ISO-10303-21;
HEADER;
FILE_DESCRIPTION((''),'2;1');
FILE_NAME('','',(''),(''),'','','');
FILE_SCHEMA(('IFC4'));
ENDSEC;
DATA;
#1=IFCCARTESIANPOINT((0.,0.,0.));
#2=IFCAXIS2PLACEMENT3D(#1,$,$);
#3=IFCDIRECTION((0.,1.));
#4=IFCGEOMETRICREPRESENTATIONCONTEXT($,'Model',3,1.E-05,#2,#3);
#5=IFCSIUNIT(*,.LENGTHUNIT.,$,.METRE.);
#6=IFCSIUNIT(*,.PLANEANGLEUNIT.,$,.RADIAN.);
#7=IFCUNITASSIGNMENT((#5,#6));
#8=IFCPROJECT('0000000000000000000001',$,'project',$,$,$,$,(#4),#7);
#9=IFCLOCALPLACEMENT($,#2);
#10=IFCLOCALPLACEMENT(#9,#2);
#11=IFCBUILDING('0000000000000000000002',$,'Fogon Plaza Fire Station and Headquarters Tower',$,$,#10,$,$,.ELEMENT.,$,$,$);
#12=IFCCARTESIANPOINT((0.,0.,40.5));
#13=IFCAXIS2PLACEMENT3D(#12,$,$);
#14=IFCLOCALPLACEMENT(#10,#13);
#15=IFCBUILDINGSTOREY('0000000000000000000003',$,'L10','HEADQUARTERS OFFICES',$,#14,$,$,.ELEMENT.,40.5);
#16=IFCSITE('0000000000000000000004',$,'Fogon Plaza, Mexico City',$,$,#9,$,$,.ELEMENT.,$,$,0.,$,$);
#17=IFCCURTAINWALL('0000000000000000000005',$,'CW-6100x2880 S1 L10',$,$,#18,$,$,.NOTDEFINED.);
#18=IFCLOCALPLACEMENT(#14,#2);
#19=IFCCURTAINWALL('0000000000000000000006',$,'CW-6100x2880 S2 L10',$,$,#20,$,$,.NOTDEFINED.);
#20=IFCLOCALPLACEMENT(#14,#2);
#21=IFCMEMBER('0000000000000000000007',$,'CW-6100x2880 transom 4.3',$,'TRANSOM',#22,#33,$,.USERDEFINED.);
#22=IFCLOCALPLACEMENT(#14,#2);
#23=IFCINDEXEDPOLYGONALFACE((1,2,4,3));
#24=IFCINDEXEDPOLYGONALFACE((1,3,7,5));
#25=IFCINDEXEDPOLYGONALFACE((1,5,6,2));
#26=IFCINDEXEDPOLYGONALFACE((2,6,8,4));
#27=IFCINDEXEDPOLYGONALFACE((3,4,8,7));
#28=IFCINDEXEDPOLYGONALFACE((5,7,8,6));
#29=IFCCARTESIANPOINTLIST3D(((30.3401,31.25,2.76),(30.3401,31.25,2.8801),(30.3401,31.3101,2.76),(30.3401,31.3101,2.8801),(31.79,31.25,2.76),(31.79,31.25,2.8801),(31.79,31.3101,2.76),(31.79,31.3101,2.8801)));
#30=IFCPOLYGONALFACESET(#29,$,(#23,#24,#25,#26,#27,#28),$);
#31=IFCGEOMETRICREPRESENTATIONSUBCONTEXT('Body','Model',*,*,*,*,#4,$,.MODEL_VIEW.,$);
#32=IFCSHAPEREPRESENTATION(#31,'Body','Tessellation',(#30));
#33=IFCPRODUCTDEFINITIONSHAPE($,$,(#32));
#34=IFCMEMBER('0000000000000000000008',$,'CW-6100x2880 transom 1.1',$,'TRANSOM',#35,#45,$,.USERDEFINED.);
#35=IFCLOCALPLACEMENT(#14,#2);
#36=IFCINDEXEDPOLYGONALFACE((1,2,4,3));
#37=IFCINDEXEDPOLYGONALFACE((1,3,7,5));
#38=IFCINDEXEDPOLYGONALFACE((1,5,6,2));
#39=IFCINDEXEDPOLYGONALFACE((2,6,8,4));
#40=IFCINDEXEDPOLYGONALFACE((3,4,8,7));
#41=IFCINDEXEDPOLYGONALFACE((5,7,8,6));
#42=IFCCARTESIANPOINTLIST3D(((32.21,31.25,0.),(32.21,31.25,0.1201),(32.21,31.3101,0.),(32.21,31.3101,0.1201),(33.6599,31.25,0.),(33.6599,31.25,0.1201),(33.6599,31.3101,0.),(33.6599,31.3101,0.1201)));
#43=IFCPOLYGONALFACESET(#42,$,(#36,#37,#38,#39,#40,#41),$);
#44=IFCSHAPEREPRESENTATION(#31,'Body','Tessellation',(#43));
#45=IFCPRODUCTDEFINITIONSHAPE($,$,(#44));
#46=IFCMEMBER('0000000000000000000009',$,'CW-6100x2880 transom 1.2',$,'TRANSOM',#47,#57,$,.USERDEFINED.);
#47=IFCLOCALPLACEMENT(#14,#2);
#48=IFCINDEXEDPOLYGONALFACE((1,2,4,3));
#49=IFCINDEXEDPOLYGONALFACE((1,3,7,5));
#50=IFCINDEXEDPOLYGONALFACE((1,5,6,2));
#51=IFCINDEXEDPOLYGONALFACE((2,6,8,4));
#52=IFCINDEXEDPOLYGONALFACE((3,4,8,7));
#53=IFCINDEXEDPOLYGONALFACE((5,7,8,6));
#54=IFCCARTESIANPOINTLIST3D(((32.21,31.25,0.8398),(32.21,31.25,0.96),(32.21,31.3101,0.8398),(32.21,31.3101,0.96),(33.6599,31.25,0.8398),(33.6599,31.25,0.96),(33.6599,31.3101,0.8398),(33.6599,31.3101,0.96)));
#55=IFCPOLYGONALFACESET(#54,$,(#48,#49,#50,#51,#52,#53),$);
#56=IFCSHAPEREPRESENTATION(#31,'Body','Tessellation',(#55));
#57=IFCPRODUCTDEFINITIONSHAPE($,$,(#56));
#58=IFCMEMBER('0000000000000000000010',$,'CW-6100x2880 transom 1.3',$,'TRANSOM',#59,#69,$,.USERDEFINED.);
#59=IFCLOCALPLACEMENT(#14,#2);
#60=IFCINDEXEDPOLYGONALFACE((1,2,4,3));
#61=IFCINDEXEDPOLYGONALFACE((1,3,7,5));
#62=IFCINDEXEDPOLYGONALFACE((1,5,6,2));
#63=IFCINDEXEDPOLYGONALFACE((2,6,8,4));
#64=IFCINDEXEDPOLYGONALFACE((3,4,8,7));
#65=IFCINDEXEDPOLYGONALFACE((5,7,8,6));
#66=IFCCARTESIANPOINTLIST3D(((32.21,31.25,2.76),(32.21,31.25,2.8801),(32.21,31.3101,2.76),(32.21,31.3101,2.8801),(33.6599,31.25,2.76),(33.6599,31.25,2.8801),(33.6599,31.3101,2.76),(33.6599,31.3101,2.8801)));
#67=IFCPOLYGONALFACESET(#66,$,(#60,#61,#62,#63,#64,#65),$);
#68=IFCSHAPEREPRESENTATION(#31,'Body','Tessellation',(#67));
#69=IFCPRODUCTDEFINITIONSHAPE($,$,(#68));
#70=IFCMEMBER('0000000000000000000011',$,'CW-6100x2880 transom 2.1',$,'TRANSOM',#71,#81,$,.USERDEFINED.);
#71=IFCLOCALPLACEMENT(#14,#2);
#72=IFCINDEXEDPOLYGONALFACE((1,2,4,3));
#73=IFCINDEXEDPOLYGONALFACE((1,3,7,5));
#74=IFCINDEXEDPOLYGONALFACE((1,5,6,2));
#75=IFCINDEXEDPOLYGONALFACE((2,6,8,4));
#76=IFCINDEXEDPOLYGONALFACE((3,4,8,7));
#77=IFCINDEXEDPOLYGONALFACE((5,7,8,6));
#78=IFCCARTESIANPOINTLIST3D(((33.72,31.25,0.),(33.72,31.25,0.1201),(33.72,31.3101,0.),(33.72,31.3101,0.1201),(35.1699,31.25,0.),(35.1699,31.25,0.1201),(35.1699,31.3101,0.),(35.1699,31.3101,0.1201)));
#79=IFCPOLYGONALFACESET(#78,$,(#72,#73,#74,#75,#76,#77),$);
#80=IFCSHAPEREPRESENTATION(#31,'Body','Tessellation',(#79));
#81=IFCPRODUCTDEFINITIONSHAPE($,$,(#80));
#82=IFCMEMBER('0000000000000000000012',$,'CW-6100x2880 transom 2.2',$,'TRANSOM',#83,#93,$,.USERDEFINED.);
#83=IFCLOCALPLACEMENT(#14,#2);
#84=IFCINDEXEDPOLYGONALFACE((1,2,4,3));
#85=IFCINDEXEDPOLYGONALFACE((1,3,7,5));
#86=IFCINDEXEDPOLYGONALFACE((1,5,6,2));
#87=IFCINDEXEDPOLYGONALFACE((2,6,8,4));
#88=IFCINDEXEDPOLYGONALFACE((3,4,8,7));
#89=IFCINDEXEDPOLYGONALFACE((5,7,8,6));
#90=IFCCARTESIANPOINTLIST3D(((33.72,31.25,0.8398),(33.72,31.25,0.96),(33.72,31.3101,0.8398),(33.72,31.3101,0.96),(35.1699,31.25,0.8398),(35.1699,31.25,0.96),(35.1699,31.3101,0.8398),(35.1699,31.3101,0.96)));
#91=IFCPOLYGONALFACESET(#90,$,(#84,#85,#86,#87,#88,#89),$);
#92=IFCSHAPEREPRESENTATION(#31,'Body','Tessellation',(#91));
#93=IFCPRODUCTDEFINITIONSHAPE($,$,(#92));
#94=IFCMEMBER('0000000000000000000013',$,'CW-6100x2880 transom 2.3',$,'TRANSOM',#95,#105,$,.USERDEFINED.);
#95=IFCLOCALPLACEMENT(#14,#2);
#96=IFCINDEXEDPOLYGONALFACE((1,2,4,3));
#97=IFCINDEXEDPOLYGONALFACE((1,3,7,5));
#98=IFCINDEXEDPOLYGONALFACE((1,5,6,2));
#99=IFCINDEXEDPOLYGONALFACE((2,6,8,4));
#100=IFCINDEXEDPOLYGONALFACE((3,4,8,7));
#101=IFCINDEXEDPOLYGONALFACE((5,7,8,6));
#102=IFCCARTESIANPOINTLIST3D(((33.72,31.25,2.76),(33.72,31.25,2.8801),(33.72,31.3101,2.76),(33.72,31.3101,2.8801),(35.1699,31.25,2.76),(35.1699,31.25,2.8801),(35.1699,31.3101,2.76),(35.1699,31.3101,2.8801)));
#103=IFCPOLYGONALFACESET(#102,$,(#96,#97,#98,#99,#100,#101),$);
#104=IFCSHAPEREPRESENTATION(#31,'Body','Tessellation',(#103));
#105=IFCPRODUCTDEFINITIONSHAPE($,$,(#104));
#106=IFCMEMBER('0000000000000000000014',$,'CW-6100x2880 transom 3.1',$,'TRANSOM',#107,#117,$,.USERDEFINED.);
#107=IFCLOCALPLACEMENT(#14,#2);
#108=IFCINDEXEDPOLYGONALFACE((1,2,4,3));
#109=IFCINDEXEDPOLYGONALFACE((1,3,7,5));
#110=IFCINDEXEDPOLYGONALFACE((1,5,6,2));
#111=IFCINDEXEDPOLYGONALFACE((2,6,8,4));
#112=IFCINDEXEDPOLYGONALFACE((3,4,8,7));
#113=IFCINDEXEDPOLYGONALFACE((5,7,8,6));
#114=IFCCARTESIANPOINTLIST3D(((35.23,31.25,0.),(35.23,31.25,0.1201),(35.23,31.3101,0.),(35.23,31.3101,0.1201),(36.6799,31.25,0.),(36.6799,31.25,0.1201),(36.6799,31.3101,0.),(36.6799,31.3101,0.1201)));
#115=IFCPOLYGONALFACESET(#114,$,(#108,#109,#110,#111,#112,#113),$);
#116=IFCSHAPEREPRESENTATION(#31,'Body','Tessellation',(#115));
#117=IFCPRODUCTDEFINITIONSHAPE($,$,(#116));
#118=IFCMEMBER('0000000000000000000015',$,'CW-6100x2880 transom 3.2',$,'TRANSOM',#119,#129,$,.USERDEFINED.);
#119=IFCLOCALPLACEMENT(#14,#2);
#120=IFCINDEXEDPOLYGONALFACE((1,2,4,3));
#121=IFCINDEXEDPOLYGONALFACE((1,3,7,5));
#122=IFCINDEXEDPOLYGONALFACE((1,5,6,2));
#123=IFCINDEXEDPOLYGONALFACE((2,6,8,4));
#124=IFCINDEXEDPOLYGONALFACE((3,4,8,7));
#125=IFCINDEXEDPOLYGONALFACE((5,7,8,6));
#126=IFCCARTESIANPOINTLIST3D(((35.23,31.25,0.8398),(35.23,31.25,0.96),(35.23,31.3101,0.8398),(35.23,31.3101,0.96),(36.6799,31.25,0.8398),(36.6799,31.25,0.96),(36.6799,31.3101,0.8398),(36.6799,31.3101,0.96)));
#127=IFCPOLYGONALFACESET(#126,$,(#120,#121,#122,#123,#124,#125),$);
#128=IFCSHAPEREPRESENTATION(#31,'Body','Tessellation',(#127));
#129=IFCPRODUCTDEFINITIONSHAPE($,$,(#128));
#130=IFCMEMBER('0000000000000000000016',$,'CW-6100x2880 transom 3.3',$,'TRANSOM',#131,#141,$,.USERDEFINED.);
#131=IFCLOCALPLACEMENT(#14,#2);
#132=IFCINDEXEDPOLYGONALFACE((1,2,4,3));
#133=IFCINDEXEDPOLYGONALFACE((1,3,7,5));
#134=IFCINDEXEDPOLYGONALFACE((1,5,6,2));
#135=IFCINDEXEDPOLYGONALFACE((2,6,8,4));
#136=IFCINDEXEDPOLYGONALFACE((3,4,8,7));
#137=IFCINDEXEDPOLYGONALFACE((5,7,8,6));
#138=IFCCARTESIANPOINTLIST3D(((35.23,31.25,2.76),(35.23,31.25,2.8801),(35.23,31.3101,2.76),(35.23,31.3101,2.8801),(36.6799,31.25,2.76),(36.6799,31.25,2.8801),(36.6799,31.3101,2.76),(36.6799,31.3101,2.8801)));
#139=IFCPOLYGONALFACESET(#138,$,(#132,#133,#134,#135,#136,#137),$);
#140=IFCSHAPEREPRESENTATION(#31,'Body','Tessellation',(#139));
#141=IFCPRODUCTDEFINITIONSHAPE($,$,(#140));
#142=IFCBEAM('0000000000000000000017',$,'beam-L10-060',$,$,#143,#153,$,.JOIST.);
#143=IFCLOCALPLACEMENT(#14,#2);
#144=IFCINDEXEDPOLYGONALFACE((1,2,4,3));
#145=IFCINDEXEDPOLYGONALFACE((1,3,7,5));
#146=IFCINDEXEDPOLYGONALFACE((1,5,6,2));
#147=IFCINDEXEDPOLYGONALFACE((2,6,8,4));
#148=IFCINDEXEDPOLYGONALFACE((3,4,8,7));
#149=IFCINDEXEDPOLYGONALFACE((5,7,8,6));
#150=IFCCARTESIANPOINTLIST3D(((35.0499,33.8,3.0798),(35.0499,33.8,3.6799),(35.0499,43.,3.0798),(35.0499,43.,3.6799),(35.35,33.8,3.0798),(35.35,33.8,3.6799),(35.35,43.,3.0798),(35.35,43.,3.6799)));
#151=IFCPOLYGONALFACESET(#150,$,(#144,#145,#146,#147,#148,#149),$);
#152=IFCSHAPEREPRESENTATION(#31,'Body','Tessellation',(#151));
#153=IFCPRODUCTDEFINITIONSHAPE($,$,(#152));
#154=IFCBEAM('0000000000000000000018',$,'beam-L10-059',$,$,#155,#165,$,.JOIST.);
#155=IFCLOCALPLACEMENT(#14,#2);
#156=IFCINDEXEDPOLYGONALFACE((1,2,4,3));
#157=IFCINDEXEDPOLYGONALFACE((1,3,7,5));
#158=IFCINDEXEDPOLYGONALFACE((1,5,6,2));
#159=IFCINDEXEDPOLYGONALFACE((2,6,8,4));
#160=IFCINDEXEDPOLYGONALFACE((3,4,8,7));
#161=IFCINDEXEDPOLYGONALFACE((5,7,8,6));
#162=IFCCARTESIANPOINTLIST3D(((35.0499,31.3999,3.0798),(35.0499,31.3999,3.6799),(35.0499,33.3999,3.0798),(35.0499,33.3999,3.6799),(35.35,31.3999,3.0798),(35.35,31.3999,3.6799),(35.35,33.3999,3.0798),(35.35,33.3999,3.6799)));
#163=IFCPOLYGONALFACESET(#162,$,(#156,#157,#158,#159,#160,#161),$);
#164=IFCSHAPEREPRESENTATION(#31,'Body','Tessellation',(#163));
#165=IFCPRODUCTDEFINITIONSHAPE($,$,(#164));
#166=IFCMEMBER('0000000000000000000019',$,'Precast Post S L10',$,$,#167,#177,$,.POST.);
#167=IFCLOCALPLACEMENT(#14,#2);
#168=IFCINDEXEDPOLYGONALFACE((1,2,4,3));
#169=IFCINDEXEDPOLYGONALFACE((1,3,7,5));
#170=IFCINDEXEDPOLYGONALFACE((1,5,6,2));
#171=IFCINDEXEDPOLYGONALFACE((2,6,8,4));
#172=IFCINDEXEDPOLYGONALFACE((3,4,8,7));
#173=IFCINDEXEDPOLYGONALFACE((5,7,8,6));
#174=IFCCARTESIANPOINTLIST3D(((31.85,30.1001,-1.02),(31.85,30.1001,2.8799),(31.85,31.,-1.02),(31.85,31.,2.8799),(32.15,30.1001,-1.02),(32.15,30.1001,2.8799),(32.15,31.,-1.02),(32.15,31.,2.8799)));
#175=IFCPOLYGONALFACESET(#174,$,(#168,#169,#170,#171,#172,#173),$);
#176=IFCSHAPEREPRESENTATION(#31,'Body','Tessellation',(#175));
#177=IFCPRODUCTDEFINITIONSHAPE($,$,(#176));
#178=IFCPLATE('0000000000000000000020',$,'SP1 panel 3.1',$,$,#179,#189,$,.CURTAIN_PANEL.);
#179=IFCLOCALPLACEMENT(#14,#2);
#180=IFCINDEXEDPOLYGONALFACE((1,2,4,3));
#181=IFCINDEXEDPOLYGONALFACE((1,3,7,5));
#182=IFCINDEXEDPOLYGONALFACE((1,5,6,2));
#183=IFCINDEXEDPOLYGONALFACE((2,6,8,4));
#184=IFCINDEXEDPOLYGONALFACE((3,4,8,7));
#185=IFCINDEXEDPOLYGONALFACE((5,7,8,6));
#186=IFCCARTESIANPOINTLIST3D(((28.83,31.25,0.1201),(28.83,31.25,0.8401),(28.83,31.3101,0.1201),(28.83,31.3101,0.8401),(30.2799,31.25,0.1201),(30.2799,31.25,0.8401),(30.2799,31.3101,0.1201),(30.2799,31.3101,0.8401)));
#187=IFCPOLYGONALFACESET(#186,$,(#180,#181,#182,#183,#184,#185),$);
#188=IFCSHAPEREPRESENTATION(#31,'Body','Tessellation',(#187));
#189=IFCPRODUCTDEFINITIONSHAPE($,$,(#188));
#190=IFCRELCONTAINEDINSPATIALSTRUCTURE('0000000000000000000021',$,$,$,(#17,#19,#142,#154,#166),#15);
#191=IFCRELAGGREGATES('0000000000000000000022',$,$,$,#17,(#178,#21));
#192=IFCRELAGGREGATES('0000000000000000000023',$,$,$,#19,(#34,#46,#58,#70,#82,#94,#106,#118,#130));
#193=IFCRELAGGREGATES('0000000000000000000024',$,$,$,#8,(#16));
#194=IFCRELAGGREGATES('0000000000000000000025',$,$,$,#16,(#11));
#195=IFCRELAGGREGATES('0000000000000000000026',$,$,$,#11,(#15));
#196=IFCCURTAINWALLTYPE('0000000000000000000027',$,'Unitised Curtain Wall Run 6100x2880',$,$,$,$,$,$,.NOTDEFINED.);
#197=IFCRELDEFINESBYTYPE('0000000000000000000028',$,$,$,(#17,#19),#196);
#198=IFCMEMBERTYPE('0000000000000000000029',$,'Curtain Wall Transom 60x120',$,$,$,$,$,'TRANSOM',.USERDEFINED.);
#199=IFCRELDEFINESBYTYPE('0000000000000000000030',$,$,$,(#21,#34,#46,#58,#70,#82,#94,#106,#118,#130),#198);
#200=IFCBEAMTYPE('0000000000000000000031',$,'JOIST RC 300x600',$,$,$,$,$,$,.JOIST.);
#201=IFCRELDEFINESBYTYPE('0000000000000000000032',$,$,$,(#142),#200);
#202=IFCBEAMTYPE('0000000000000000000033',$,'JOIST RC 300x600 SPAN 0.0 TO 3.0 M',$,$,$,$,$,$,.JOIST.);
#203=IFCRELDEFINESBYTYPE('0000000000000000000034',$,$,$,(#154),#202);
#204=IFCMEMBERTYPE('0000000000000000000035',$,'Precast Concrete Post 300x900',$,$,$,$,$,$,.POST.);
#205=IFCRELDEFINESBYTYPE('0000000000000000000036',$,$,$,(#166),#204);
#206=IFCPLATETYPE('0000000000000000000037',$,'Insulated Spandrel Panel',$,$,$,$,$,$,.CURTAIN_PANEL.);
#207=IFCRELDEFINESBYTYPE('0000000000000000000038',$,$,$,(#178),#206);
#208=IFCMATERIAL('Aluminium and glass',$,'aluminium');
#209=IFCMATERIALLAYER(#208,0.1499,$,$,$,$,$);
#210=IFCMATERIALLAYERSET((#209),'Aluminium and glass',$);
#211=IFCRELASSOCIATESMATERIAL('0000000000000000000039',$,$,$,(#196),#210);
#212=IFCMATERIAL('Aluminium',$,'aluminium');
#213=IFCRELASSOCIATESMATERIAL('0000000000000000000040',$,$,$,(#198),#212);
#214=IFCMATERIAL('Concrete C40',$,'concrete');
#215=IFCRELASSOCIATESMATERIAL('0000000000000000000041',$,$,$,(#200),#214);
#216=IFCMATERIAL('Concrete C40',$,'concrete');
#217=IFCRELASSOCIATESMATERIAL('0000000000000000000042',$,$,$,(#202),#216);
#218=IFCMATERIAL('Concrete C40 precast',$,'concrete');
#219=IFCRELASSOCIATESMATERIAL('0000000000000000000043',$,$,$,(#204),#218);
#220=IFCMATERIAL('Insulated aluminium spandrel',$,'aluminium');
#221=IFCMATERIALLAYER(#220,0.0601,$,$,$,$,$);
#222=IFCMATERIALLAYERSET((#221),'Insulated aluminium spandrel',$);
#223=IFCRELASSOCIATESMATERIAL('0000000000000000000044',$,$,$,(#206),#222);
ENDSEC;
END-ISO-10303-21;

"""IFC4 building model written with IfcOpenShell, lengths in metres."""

from ifc_helpers import new_model, si_unit, direction, frame, origin, origin_2d, place, context, subcontext, project, spatial, rectangle, extrude, material, layer, layer_set, material_profile, profile_set, type_object, element, aggregate, save


model = new_model("IFC4")

# Units and contexts
model_context = context("Model", 3, precision=1e-05, world=origin(), true_north=direction((0.0, 1.0)))
body_context = subcontext(model_context, "Body", "Model", "MODEL_VIEW")
ifc_project = project(units=[si_unit("LENGTHUNIT", "METRE"), si_unit("PLANEANGLEUNIT", "RADIAN")], contexts=[model_context])

# Site, building, storey
site_placement = place(None, origin())
site = spatial("IfcSite", under=ifc_project, at=site_placement, Name="Fogon Plaza, Mexico City", CompositionType="ELEMENT", RefElevation=0.0)
building_placement = place(site_placement, origin())
building = spatial("IfcBuilding", under=site, at=building_placement, Name="Fogon Plaza Fire Station and Headquarters Tower", CompositionType="ELEMENT")
storey_placement = place(building_placement, frame((0.0, 0.0, 40.5)))
storey = spatial("IfcBuildingStorey", under=building, at=storey_placement, Name="L10", Description="HEADQUARTERS OFFICES", CompositionType="ELEMENT", Elevation=40.5)

# Curtain walls
ifc_material_1 = material(Name="Aluminium and glass", Category="aluminium")
ifc_layer_1 = layer(ifc_material_1, 0.1499)
ifc_layer_set_1 = layer_set([ifc_layer_1], Name="Aluminium and glass")
curtain_wall_type = type_object("IfcCurtainWallType", Name="Unitised Curtain Wall Run 6100x2880", PredefinedType="NOTDEFINED", material=ifc_layer_set_1)
curtain_wall_1_placement = place(storey_placement, origin())
curtain_wall_1 = element("IfcCurtainWall", 1, at=curtain_wall_1_placement, inside=storey, type_object=curtain_wall_type, Name="CW-6100x2880 S1 L10", PredefinedType="NOTDEFINED")
curtain_wall_2_placement = place(storey_placement, origin())
curtain_wall_2 = element("IfcCurtainWall", 2, at=curtain_wall_2_placement, inside=storey, type_object=curtain_wall_type, Name="CW-6100x2880 S2 L10", PredefinedType="NOTDEFINED")

# Members
ifc_material_2 = material(Name="Aluminium", Category="aluminium")
ifc_material_profile_1 = material_profile(ifc_material_2, rectangle(XDim=0.0601, YDim=0.1201, at=origin_2d()), Name="Curtain Wall Transom 60x120")
ifc_profile_set_1 = profile_set([ifc_material_profile_1], Name="Aluminium")
member_type_1 = type_object("IfcMemberType", Name="Curtain Wall Transom 60x120", ElementType="TRANSOM", PredefinedType="USERDEFINED", material=ifc_profile_set_1)
member_1_placement = place(storey_placement, frame((30.3401, 31.28, 2.8201), z_axis=(1.0, 0.0, 0.0), x_axis=(0.0, 1.0, 0.0)))
member_1 = element("IfcMember", 3, at=member_1_placement, type_object=member_type_1, Name="CW-6100x2880 transom 4.3", ObjectType="TRANSOM", PredefinedType="USERDEFINED", context=body_context, shape_type="SweptSolid", body=[
    extrude(rectangle(XDim=0.0601, YDim=0.1201, at=origin_2d()), origin(), (0.0, 0.0, 1.0), 1.45),
])
member_2_placement = place(storey_placement, frame((32.21, 31.28, 0.0601), z_axis=(1.0, 0.0, 0.0), x_axis=(0.0, 1.0, 0.0)))
member_2 = element("IfcMember", 4, at=member_2_placement, type_object=member_type_1, Name="CW-6100x2880 transom 1.1", ObjectType="TRANSOM", PredefinedType="USERDEFINED", context=body_context, shape_type="SweptSolid", body=[
    extrude(rectangle(XDim=0.0601, YDim=0.1201, at=origin_2d()), origin(), (0.0, 0.0, 1.0), 1.45),
])
member_3_placement = place(storey_placement, frame((32.21, 31.28, 0.8999), z_axis=(1.0, 0.0, 0.0), x_axis=(0.0, 1.0, 0.0)))
member_3 = element("IfcMember", 5, at=member_3_placement, type_object=member_type_1, Name="CW-6100x2880 transom 1.2", ObjectType="TRANSOM", PredefinedType="USERDEFINED", context=body_context, shape_type="SweptSolid", body=[
    extrude(rectangle(XDim=0.0601, YDim=0.1201, at=origin_2d()), origin(), (0.0, 0.0, 1.0), 1.45),
])
member_4_placement = place(storey_placement, frame((32.21, 31.28, 2.8201), z_axis=(1.0, 0.0, 0.0), x_axis=(0.0, 1.0, 0.0)))
member_4 = element("IfcMember", 6, at=member_4_placement, type_object=member_type_1, Name="CW-6100x2880 transom 1.3", ObjectType="TRANSOM", PredefinedType="USERDEFINED", context=body_context, shape_type="SweptSolid", body=[
    extrude(rectangle(XDim=0.0601, YDim=0.1201, at=origin_2d()), origin(), (0.0, 0.0, 1.0), 1.45),
])
member_5_placement = place(storey_placement, frame((33.72, 31.28, 0.0601), z_axis=(1.0, 0.0, 0.0), x_axis=(0.0, 1.0, 0.0)))
member_5 = element("IfcMember", 7, at=member_5_placement, type_object=member_type_1, Name="CW-6100x2880 transom 2.1", ObjectType="TRANSOM", PredefinedType="USERDEFINED", context=body_context, shape_type="SweptSolid", body=[
    extrude(rectangle(XDim=0.0601, YDim=0.1201, at=origin_2d()), origin(), (0.0, 0.0, 1.0), 1.45),
])
member_6_placement = place(storey_placement, frame((33.72, 31.28, 0.8999), z_axis=(1.0, 0.0, 0.0), x_axis=(0.0, 1.0, 0.0)))
member_6 = element("IfcMember", 8, at=member_6_placement, type_object=member_type_1, Name="CW-6100x2880 transom 2.2", ObjectType="TRANSOM", PredefinedType="USERDEFINED", context=body_context, shape_type="SweptSolid", body=[
    extrude(rectangle(XDim=0.0601, YDim=0.1201, at=origin_2d()), origin(), (0.0, 0.0, 1.0), 1.45),
])
member_7_placement = place(storey_placement, frame((33.72, 31.28, 2.8201), z_axis=(1.0, 0.0, 0.0), x_axis=(0.0, 1.0, 0.0)))
member_7 = element("IfcMember", 9, at=member_7_placement, type_object=member_type_1, Name="CW-6100x2880 transom 2.3", ObjectType="TRANSOM", PredefinedType="USERDEFINED", context=body_context, shape_type="SweptSolid", body=[
    extrude(rectangle(XDim=0.0601, YDim=0.1201, at=origin_2d()), origin(), (0.0, 0.0, 1.0), 1.45),
])
member_8_placement = place(storey_placement, frame((35.23, 31.28, 0.0601), z_axis=(1.0, 0.0, 0.0), x_axis=(0.0, 1.0, 0.0)))
member_8 = element("IfcMember", 10, at=member_8_placement, type_object=member_type_1, Name="CW-6100x2880 transom 3.1", ObjectType="TRANSOM", PredefinedType="USERDEFINED", context=body_context, shape_type="SweptSolid", body=[
    extrude(rectangle(XDim=0.0601, YDim=0.1201, at=origin_2d()), origin(), (0.0, 0.0, 1.0), 1.45),
])
member_9_placement = place(storey_placement, frame((35.23, 31.28, 0.8999), z_axis=(1.0, 0.0, 0.0), x_axis=(0.0, 1.0, 0.0)))
member_9 = element("IfcMember", 11, at=member_9_placement, type_object=member_type_1, Name="CW-6100x2880 transom 3.2", ObjectType="TRANSOM", PredefinedType="USERDEFINED", context=body_context, shape_type="SweptSolid", body=[
    extrude(rectangle(XDim=0.0601, YDim=0.1201, at=origin_2d()), origin(), (0.0, 0.0, 1.0), 1.45),
])
member_10_placement = place(storey_placement, frame((35.23, 31.28, 2.8201), z_axis=(1.0, 0.0, 0.0), x_axis=(0.0, 1.0, 0.0)))
member_10 = element("IfcMember", 12, at=member_10_placement, type_object=member_type_1, Name="CW-6100x2880 transom 3.3", ObjectType="TRANSOM", PredefinedType="USERDEFINED", context=body_context, shape_type="SweptSolid", body=[
    extrude(rectangle(XDim=0.0601, YDim=0.1201, at=origin_2d()), origin(), (0.0, 0.0, 1.0), 1.45),
])

# Beams
ifc_material_3 = material(Name="Concrete C40", Category="concrete")
ifc_material_profile_2 = material_profile(ifc_material_3, rectangle(XDim=0.3, YDim=0.6001, at=origin_2d()), Name="RC 300x600")
ifc_profile_set_2 = profile_set([ifc_material_profile_2], Name="Concrete C40")
beam_type_1 = type_object("IfcBeamType", Name="JOIST RC 300x600", PredefinedType="JOIST", material=ifc_profile_set_2)
beam_1_placement = place(storey_placement, frame((35.2, 33.8, 3.3799), z_axis=(0.0, 1.0, 0.0), x_axis=(-1.0, 0.0, 0.0)))
element("IfcBeam", 13, at=beam_1_placement, inside=storey, type_object=beam_type_1, Name="beam-L10-060", PredefinedType="JOIST", context=body_context, shape_type="SweptSolid", body=[
    extrude(rectangle(XDim=0.3, YDim=0.6001, at=origin_2d()), origin(), (0.0, 0.0, 1.0), 9.2),
])
ifc_material_4 = material(Name="Concrete C40", Category="concrete")
ifc_material_profile_3 = material_profile(ifc_material_4, rectangle(XDim=0.3, YDim=0.6001, at=origin_2d()), Name="RC 300x600")
ifc_profile_set_3 = profile_set([ifc_material_profile_3], Name="Concrete C40")
beam_type_2 = type_object("IfcBeamType", Name="JOIST RC 300x600 SPAN 0.0 TO 3.0 M", PredefinedType="JOIST", material=ifc_profile_set_3)
beam_2_placement = place(storey_placement, frame((35.2, 31.3999, 3.3799), z_axis=(0.0, 1.0, 0.0), x_axis=(-1.0, 0.0, 0.0)))
element("IfcBeam", 14, at=beam_2_placement, inside=storey, type_object=beam_type_2, Name="beam-L10-059", PredefinedType="JOIST", context=body_context, shape_type="SweptSolid", body=[
    extrude(rectangle(XDim=0.3, YDim=0.6001, at=origin_2d()), origin(), (0.0, 0.0, 1.0), 2.0),
])

# Member
ifc_material_5 = material(Name="Concrete C40 precast", Category="concrete")
ifc_material_profile_4 = material_profile(ifc_material_5, rectangle(XDim=0.3, YDim=0.8999, at=origin_2d()), Name="Precast Concrete Post 300x900")
ifc_profile_set_4 = profile_set([ifc_material_profile_4], Name="Concrete C40 precast")
member_type_2 = type_object("IfcMemberType", Name="Precast Concrete Post 300x900", PredefinedType="POST", material=ifc_profile_set_4)
member_11_placement = place(storey_placement, frame((32.0, 30.55, -1.02), z_axis=(0.0, 0.0, 1.0), x_axis=(1.0, 0.0, 0.0)))
element("IfcMember", 15, at=member_11_placement, inside=storey, type_object=member_type_2, Name="Precast Post S L10", PredefinedType="POST", context=body_context, shape_type="SweptSolid", body=[
    extrude(rectangle(XDim=0.3, YDim=0.8999, at=origin_2d()), origin(), (0.0, 0.0, 1.0), 3.8999),
])

# Plate
ifc_material_6 = material(Name="Insulated aluminium spandrel", Category="aluminium")
ifc_layer_2 = layer(ifc_material_6, 0.0601)
ifc_layer_set_2 = layer_set([ifc_layer_2], Name="Insulated aluminium spandrel")
plate_type_1 = type_object("IfcPlateType", Name="Insulated Spandrel Panel", PredefinedType="CURTAIN_PANEL", material=ifc_layer_set_2)
plate_1_placement = place(storey_placement, frame((29.5549, 31.28, 0.1201), z_axis=(0.0, 0.0, 1.0), x_axis=(1.0, 0.0, 0.0)))
plate_1 = element("IfcPlate", 16, at=plate_1_placement, type_object=plate_type_1, Name="SP1 panel 3.1", PredefinedType="CURTAIN_PANEL", context=body_context, shape_type="SweptSolid", body=[
    extrude(rectangle(XDim=1.45, YDim=0.0601, at=origin_2d()), origin(), (0.0, 0.0, 1.0), 0.72),
])
aggregate(curtain_wall_1, [plate_1, member_1])
aggregate(curtain_wall_2, [member_2, member_3, member_4, member_5, member_6, member_7, member_8, member_9, member_10])

save(model, "model.ifc")
